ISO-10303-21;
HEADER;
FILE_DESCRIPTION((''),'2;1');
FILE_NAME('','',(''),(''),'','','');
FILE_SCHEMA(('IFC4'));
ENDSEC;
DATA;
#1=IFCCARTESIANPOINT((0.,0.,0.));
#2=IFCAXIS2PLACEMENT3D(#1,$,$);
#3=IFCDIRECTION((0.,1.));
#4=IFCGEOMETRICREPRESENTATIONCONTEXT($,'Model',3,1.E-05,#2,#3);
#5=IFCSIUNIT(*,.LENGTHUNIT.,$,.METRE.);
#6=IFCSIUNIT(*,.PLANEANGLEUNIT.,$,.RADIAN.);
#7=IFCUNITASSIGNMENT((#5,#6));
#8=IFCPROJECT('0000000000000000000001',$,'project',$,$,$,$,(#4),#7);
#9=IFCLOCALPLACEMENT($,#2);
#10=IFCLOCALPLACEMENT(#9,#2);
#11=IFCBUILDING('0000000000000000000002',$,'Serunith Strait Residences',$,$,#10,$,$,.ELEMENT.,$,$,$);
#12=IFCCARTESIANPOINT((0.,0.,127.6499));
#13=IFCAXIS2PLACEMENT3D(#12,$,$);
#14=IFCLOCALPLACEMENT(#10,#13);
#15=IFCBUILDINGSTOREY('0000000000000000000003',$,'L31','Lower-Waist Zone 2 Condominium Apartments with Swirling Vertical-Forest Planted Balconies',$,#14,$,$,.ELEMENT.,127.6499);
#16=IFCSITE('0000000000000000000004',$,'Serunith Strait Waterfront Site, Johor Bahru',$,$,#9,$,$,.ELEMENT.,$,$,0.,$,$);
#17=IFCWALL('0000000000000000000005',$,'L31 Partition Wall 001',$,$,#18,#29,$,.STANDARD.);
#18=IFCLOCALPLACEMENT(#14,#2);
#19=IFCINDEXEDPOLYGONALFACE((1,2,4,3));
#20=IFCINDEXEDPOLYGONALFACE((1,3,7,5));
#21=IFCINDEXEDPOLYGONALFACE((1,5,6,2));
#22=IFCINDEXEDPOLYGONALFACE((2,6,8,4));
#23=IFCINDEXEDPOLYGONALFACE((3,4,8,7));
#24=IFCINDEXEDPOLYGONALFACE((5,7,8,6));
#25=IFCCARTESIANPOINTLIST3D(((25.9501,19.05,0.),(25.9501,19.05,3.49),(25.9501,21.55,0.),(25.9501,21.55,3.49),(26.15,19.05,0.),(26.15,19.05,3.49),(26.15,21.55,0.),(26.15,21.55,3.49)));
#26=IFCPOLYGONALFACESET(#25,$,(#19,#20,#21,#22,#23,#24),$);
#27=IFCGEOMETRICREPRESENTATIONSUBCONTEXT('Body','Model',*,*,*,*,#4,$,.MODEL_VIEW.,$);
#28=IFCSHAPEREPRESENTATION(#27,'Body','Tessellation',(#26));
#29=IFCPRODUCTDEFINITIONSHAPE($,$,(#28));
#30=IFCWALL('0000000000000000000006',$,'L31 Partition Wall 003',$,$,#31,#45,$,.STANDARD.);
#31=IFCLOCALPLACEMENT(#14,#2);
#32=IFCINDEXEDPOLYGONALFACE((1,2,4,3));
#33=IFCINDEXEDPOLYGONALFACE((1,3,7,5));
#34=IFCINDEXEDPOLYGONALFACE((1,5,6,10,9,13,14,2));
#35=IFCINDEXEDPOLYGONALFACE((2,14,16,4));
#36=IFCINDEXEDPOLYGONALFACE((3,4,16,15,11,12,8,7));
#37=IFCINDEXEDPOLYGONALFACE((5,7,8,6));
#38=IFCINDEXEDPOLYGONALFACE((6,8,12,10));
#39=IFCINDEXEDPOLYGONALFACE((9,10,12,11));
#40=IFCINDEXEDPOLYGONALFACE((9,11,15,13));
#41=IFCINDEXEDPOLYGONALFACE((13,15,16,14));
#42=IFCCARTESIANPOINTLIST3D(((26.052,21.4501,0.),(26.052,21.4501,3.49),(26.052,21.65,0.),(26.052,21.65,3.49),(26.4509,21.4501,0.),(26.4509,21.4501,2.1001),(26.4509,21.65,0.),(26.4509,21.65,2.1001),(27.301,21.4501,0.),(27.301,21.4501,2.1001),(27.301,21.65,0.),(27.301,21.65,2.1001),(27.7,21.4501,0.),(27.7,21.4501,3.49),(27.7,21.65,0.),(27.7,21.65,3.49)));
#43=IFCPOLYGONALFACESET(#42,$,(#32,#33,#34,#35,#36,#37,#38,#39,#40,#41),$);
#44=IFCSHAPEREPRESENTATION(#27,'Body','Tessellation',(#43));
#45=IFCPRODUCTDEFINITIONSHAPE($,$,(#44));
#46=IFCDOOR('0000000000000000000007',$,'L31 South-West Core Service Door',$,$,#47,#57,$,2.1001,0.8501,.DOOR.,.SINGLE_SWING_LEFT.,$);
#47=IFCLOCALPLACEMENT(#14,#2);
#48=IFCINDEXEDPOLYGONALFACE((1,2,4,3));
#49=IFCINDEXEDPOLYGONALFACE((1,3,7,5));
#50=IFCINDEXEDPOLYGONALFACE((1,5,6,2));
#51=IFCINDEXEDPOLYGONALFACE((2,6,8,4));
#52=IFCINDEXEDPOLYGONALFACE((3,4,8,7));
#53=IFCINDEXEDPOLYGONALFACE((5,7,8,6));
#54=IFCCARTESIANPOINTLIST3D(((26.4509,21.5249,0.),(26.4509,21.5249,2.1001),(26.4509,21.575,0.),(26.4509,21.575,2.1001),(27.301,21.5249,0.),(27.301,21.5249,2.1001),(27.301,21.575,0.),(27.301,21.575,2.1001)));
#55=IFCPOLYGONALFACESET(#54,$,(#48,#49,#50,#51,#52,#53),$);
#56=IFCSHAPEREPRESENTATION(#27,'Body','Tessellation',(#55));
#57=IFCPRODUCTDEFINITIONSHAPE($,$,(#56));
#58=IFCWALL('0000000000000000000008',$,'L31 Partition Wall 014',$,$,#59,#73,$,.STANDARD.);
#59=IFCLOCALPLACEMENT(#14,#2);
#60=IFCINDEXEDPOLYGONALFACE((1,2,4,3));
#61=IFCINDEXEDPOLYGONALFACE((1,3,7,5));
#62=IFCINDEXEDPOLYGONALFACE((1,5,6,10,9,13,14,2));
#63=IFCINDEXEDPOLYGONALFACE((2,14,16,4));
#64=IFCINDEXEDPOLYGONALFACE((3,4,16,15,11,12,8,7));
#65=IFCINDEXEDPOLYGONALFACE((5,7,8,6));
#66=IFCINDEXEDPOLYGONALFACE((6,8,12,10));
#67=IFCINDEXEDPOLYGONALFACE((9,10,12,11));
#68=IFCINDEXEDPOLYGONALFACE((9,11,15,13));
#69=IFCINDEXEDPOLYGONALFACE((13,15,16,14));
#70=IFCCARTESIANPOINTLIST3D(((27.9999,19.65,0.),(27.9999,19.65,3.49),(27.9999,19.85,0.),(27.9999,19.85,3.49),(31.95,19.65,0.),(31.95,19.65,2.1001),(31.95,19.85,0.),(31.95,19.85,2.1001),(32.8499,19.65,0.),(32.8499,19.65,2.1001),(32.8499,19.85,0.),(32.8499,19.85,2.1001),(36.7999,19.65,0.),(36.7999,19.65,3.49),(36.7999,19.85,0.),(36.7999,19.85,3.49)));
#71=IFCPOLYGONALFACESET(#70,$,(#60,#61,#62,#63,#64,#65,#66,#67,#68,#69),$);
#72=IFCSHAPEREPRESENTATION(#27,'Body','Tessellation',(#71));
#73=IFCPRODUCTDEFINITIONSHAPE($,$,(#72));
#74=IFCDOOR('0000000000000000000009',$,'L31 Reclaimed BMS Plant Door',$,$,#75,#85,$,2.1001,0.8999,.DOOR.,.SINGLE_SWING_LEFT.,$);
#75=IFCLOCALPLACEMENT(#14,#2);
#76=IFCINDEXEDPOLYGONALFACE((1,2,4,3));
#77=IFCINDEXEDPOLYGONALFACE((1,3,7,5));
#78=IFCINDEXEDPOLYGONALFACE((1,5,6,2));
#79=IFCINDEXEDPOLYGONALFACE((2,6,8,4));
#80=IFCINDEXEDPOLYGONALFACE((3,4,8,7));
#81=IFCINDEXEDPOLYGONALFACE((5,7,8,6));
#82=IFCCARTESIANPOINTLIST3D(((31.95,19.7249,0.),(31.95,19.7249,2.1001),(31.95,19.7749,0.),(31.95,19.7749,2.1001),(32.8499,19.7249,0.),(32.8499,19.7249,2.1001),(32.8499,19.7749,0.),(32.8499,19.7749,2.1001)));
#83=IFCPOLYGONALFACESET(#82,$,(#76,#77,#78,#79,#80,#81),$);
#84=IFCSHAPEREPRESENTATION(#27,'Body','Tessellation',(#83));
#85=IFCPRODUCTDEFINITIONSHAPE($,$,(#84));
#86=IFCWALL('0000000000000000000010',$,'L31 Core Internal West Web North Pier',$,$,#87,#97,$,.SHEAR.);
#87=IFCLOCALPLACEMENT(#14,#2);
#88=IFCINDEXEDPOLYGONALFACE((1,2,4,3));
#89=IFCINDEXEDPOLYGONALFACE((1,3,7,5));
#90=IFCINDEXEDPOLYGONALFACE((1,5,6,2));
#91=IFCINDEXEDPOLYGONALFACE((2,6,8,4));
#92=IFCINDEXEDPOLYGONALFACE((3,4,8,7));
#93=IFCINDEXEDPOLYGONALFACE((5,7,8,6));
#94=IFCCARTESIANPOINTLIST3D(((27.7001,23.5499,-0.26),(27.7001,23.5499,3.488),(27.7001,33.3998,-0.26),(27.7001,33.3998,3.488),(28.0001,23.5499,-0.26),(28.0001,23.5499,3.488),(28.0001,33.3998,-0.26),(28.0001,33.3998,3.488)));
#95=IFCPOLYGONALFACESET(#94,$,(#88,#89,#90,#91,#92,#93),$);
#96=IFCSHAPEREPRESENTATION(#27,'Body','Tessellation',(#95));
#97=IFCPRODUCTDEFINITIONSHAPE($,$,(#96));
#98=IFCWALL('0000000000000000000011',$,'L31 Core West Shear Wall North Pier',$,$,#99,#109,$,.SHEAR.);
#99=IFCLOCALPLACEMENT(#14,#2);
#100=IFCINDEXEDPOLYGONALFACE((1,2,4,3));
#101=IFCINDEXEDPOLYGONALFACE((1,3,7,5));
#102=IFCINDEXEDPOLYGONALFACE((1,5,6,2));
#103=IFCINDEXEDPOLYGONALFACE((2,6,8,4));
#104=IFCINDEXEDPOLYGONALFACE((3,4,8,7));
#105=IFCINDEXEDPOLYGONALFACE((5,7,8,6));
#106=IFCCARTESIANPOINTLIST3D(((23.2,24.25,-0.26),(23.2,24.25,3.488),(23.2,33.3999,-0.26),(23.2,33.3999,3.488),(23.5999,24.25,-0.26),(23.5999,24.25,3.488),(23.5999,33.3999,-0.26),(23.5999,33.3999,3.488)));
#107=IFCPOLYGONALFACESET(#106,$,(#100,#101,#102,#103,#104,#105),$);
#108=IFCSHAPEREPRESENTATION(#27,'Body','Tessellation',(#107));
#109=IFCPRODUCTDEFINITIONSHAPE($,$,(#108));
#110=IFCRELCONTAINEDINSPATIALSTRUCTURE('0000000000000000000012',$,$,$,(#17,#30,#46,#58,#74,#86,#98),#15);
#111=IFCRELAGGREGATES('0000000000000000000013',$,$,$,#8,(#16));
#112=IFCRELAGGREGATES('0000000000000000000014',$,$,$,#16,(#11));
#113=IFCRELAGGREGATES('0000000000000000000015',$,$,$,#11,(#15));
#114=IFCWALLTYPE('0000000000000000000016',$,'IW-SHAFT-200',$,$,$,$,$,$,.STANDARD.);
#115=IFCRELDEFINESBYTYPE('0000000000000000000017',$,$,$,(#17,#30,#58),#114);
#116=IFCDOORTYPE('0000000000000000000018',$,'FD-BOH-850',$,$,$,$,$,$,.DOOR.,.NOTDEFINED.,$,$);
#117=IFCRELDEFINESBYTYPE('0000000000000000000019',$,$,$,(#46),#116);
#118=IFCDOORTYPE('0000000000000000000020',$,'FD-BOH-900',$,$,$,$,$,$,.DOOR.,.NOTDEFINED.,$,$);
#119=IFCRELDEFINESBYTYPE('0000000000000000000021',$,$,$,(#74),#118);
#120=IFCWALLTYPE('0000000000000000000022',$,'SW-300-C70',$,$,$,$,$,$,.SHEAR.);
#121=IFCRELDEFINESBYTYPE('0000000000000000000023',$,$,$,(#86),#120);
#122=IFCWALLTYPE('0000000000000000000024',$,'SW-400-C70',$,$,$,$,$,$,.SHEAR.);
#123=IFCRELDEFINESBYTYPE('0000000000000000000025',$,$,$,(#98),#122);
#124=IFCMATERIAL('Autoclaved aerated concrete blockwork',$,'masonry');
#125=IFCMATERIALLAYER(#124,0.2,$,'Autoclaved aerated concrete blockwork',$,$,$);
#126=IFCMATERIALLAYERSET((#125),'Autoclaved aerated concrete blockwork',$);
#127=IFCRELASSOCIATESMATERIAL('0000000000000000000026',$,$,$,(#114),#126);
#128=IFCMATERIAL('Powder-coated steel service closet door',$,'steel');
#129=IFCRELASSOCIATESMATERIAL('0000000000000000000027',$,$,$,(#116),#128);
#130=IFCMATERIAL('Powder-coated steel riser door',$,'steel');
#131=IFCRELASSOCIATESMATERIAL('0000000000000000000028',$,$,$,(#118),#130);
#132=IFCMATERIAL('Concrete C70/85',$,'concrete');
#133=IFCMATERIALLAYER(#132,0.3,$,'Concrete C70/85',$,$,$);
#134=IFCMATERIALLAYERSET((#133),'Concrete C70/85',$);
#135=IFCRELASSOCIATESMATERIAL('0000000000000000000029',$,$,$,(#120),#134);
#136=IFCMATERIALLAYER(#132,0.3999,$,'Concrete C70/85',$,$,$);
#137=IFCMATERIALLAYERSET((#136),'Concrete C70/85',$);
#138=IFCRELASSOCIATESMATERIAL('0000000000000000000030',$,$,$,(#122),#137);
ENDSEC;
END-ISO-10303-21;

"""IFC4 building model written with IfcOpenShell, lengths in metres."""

from ifc_helpers import new_model, si_unit, direction, frame, frame_2d, origin, place, context, subcontext, project, spatial, rectangle, extrude, source, transform, mapped, material, layer, layer_set, type_object, element, fill, save


model = new_model("IFC4")

# Units and contexts
model_context = context("Model", 3, precision=1e-05, world=origin(), true_north=direction((0.0, 1.0)))
body_context = subcontext(model_context, "Body", "Model", "MODEL_VIEW")
ifc_project = project(units=[si_unit("LENGTHUNIT", "METRE"), si_unit("PLANEANGLEUNIT", "RADIAN")], contexts=[model_context])

# Site, building, storey
site_placement = place(None, origin())
site = spatial("IfcSite", under=ifc_project, at=site_placement, Name="Serunith Strait Waterfront Site, Johor Bahru", CompositionType="ELEMENT", RefElevation=0.0)
building_placement = place(site_placement, origin())
building = spatial("IfcBuilding", under=site, at=building_placement, Name="Serunith Strait Residences", CompositionType="ELEMENT")
storey_placement = place(building_placement, frame((0.0, 0.0, 127.6499)))
storey = spatial("IfcBuildingStorey", under=building, at=storey_placement, Name="L31", Description="Lower-Waist Zone 2 Condominium Apartments with Swirling Vertical-Forest Planted Balconies", CompositionType="ELEMENT", Elevation=127.6499)

# Shared definitions
shared_shape_1 = source(origin(), body_context, "Body", "SweptSolid", [
    extrude(rectangle(XDim=0.8501, YDim=2.1001, at=frame_2d((0.425, 1.05))), frame((0.0, 0.0249, 0.0), z_axis=(0.0, -1.0, 0.0), x_axis=(1.0, 0.0, 0.0)), (0.0, 0.0, 1.0), 0.05),
])
ifc_material_1 = material(Name="Autoclaved aerated concrete blockwork", Category="masonry")
ifc_layer_1 = layer(ifc_material_1, 0.2, Name="Autoclaved aerated concrete blockwork")
ifc_layer_set_1 = layer_set([ifc_layer_1], Name="Autoclaved aerated concrete blockwork")
wall_type_1 = type_object("IfcWallType", Name="IW-SHAFT-200", PredefinedType="STANDARD", material=ifc_layer_set_1)

# Wall
wall_1_placement = place(storey_placement, frame((26.05, 19.05, 0.0), z_axis=(0.0, 0.0, 1.0), x_axis=(0.0, 1.0, 0.0)))
element("IfcWall", 1, at=wall_1_placement, inside=storey, type_object=wall_type_1, Name="L31 Partition Wall 001", PredefinedType="STANDARD", context=body_context, shape_type="SweptSolid", body=[
    extrude(rectangle(XDim=2.5, YDim=0.2, at=frame_2d((1.25, 0.0))), origin(), (0.0, 0.0, 1.0), 3.49),
])

# Walls, openings, doors
wall_2_placement = place(storey_placement, frame((26.052, 21.55, 0.0), z_axis=(0.0, 0.0, 1.0), x_axis=(1.0, 0.0, 0.0)))
wall_2 = element("IfcWall", 2, at=wall_2_placement, inside=storey, type_object=wall_type_1, Name="L31 Partition Wall 003", PredefinedType="STANDARD", context=body_context, shape_type="SweptSolid", body=[
    extrude(rectangle(XDim=1.6479, YDim=0.2, at=frame_2d((0.824, 0.0))), origin(), (0.0, 0.0, 1.0), 3.49),
])
opening_1_placement = place(wall_2_placement, frame((0.3989, 0.0, 0.0)))
opening_1 = element("IfcOpeningElement", 3, at=opening_1_placement, cuts=wall_2, PredefinedType="OPENING", context=body_context, shape_type="SweptSolid", body=[
    extrude(rectangle(XDim=0.8501, YDim=2.1001, at=frame_2d((0.425, 1.05))), frame((0.0, 0.1099, 0.0), z_axis=(0.0, -1.0, 0.0), x_axis=(1.0, 0.0, 0.0)), (0.0, 0.0, 1.0), 0.22),
])
ifc_material_2 = material(Name="Powder-coated steel service closet door", Category="steel")
door_type_1 = type_object("IfcDoorType", Name="FD-BOH-850", OperationType="NOTDEFINED", PredefinedType="DOOR", material=ifc_material_2)
door_1_placement = place(opening_1_placement, origin())
door_1 = element("IfcDoor", 4, at=door_1_placement, inside=storey, type_object=door_type_1, Name="L31 South-West Core Service Door", OperationType="SINGLE_SWING_LEFT", OverallHeight=2.1001, OverallWidth=0.8501, PredefinedType="DOOR", context=body_context, shape_type="MappedRepresentation", body=[
    mapped(shared_shape_1, transform((0.0, 0.0, 0.0), scale=1.0)),
])
fill(opening_1, door_1)
wall_3_placement = place(storey_placement, frame((28.0, 19.75, 0.0), z_axis=(0.0, 0.0, 1.0), x_axis=(1.0, 0.0, 0.0)))
wall_3 = element("IfcWall", 5, at=wall_3_placement, inside=storey, type_object=wall_type_1, Name="L31 Partition Wall 014", PredefinedType="STANDARD", context=body_context, shape_type="SweptSolid", body=[
    extrude(rectangle(XDim=8.8, YDim=0.2, at=frame_2d((4.3999, 0.0))), origin(), (0.0, 0.0, 1.0), 3.49),
])
opening_2_placement = place(wall_3_placement, frame((3.95, 0.0, 0.0)))
opening_2 = element("IfcOpeningElement", 6, at=opening_2_placement, cuts=wall_3, PredefinedType="OPENING", context=body_context, shape_type="SweptSolid", body=[
    extrude(rectangle(XDim=0.8999, YDim=2.1001, at=frame_2d((0.45, 1.05))), frame((0.0, 0.1099, 0.0), z_axis=(0.0, -1.0, 0.0), x_axis=(1.0, 0.0, 0.0)), (0.0, 0.0, 1.0), 0.22),
])
ifc_material_3 = material(Name="Powder-coated steel riser door", Category="steel")
door_type_2 = type_object("IfcDoorType", Name="FD-BOH-900", OperationType="NOTDEFINED", PredefinedType="DOOR", material=ifc_material_3)
shared_shape_2 = source(origin(), body_context, "Body", "SweptSolid", [
    extrude(rectangle(XDim=0.8999, YDim=2.1001, at=frame_2d((0.45, 1.05))), frame((0.0, 0.0249, 0.0), z_axis=(0.0, -1.0, 0.0), x_axis=(1.0, 0.0, 0.0)), (0.0, 0.0, 1.0), 0.05),
])
door_2_placement = place(opening_2_placement, origin())
door_2 = element("IfcDoor", 7, at=door_2_placement, inside=storey, type_object=door_type_2, Name="L31 Reclaimed BMS Plant Door", OperationType="SINGLE_SWING_LEFT", OverallHeight=2.1001, OverallWidth=0.8999, PredefinedType="DOOR", context=body_context, shape_type="MappedRepresentation", body=[
    mapped(shared_shape_2, transform((0.0, 0.0, 0.0), scale=1.0)),
])
fill(opening_2, door_2)

# Walls
ifc_material_4 = material(Name="Concrete C70/85", Category="concrete")
ifc_layer_2 = layer(ifc_material_4, 0.3, Name="Concrete C70/85")
ifc_layer_set_2 = layer_set([ifc_layer_2], Name="Concrete C70/85")
wall_type_2 = type_object("IfcWallType", Name="SW-300-C70", PredefinedType="SHEAR", material=ifc_layer_set_2)
wall_4_placement = place(storey_placement, frame((27.8501, 23.55, -0.26), z_axis=(0.0, 0.0, 1.0), x_axis=(0.0, 1.0, 0.0)))
element("IfcWall", 8, at=wall_4_placement, inside=storey, type_object=wall_type_2, Name="L31 Core Internal West Web North Pier", PredefinedType="SHEAR", context=body_context, shape_type="SweptSolid", body=[
    extrude(rectangle(XDim=9.8499, YDim=0.3, at=frame_2d((4.9248, 0.0))), origin(), (0.0, 0.0, 1.0), 3.748),
])
ifc_layer_3 = layer(ifc_material_4, 0.3999, Name="Concrete C70/85")
ifc_layer_set_3 = layer_set([ifc_layer_3], Name="Concrete C70/85")
wall_type_3 = type_object("IfcWallType", Name="SW-400-C70", PredefinedType="SHEAR", material=ifc_layer_set_3)
wall_5_placement = place(storey_placement, frame((23.3999, 24.25, -0.26), z_axis=(0.0, 0.0, 1.0), x_axis=(0.0, 1.0, 0.0)))
element("IfcWall", 9, at=wall_5_placement, inside=storey, type_object=wall_type_3, Name="L31 Core West Shear Wall North Pier", PredefinedType="SHEAR", context=body_context, shape_type="SweptSolid", body=[
    extrude(rectangle(XDim=9.1499, YDim=0.3999, at=frame_2d((4.575, 0.0))), origin(), (0.0, 0.0, 1.0), 3.748),
])

save(model, "model.ifc")
